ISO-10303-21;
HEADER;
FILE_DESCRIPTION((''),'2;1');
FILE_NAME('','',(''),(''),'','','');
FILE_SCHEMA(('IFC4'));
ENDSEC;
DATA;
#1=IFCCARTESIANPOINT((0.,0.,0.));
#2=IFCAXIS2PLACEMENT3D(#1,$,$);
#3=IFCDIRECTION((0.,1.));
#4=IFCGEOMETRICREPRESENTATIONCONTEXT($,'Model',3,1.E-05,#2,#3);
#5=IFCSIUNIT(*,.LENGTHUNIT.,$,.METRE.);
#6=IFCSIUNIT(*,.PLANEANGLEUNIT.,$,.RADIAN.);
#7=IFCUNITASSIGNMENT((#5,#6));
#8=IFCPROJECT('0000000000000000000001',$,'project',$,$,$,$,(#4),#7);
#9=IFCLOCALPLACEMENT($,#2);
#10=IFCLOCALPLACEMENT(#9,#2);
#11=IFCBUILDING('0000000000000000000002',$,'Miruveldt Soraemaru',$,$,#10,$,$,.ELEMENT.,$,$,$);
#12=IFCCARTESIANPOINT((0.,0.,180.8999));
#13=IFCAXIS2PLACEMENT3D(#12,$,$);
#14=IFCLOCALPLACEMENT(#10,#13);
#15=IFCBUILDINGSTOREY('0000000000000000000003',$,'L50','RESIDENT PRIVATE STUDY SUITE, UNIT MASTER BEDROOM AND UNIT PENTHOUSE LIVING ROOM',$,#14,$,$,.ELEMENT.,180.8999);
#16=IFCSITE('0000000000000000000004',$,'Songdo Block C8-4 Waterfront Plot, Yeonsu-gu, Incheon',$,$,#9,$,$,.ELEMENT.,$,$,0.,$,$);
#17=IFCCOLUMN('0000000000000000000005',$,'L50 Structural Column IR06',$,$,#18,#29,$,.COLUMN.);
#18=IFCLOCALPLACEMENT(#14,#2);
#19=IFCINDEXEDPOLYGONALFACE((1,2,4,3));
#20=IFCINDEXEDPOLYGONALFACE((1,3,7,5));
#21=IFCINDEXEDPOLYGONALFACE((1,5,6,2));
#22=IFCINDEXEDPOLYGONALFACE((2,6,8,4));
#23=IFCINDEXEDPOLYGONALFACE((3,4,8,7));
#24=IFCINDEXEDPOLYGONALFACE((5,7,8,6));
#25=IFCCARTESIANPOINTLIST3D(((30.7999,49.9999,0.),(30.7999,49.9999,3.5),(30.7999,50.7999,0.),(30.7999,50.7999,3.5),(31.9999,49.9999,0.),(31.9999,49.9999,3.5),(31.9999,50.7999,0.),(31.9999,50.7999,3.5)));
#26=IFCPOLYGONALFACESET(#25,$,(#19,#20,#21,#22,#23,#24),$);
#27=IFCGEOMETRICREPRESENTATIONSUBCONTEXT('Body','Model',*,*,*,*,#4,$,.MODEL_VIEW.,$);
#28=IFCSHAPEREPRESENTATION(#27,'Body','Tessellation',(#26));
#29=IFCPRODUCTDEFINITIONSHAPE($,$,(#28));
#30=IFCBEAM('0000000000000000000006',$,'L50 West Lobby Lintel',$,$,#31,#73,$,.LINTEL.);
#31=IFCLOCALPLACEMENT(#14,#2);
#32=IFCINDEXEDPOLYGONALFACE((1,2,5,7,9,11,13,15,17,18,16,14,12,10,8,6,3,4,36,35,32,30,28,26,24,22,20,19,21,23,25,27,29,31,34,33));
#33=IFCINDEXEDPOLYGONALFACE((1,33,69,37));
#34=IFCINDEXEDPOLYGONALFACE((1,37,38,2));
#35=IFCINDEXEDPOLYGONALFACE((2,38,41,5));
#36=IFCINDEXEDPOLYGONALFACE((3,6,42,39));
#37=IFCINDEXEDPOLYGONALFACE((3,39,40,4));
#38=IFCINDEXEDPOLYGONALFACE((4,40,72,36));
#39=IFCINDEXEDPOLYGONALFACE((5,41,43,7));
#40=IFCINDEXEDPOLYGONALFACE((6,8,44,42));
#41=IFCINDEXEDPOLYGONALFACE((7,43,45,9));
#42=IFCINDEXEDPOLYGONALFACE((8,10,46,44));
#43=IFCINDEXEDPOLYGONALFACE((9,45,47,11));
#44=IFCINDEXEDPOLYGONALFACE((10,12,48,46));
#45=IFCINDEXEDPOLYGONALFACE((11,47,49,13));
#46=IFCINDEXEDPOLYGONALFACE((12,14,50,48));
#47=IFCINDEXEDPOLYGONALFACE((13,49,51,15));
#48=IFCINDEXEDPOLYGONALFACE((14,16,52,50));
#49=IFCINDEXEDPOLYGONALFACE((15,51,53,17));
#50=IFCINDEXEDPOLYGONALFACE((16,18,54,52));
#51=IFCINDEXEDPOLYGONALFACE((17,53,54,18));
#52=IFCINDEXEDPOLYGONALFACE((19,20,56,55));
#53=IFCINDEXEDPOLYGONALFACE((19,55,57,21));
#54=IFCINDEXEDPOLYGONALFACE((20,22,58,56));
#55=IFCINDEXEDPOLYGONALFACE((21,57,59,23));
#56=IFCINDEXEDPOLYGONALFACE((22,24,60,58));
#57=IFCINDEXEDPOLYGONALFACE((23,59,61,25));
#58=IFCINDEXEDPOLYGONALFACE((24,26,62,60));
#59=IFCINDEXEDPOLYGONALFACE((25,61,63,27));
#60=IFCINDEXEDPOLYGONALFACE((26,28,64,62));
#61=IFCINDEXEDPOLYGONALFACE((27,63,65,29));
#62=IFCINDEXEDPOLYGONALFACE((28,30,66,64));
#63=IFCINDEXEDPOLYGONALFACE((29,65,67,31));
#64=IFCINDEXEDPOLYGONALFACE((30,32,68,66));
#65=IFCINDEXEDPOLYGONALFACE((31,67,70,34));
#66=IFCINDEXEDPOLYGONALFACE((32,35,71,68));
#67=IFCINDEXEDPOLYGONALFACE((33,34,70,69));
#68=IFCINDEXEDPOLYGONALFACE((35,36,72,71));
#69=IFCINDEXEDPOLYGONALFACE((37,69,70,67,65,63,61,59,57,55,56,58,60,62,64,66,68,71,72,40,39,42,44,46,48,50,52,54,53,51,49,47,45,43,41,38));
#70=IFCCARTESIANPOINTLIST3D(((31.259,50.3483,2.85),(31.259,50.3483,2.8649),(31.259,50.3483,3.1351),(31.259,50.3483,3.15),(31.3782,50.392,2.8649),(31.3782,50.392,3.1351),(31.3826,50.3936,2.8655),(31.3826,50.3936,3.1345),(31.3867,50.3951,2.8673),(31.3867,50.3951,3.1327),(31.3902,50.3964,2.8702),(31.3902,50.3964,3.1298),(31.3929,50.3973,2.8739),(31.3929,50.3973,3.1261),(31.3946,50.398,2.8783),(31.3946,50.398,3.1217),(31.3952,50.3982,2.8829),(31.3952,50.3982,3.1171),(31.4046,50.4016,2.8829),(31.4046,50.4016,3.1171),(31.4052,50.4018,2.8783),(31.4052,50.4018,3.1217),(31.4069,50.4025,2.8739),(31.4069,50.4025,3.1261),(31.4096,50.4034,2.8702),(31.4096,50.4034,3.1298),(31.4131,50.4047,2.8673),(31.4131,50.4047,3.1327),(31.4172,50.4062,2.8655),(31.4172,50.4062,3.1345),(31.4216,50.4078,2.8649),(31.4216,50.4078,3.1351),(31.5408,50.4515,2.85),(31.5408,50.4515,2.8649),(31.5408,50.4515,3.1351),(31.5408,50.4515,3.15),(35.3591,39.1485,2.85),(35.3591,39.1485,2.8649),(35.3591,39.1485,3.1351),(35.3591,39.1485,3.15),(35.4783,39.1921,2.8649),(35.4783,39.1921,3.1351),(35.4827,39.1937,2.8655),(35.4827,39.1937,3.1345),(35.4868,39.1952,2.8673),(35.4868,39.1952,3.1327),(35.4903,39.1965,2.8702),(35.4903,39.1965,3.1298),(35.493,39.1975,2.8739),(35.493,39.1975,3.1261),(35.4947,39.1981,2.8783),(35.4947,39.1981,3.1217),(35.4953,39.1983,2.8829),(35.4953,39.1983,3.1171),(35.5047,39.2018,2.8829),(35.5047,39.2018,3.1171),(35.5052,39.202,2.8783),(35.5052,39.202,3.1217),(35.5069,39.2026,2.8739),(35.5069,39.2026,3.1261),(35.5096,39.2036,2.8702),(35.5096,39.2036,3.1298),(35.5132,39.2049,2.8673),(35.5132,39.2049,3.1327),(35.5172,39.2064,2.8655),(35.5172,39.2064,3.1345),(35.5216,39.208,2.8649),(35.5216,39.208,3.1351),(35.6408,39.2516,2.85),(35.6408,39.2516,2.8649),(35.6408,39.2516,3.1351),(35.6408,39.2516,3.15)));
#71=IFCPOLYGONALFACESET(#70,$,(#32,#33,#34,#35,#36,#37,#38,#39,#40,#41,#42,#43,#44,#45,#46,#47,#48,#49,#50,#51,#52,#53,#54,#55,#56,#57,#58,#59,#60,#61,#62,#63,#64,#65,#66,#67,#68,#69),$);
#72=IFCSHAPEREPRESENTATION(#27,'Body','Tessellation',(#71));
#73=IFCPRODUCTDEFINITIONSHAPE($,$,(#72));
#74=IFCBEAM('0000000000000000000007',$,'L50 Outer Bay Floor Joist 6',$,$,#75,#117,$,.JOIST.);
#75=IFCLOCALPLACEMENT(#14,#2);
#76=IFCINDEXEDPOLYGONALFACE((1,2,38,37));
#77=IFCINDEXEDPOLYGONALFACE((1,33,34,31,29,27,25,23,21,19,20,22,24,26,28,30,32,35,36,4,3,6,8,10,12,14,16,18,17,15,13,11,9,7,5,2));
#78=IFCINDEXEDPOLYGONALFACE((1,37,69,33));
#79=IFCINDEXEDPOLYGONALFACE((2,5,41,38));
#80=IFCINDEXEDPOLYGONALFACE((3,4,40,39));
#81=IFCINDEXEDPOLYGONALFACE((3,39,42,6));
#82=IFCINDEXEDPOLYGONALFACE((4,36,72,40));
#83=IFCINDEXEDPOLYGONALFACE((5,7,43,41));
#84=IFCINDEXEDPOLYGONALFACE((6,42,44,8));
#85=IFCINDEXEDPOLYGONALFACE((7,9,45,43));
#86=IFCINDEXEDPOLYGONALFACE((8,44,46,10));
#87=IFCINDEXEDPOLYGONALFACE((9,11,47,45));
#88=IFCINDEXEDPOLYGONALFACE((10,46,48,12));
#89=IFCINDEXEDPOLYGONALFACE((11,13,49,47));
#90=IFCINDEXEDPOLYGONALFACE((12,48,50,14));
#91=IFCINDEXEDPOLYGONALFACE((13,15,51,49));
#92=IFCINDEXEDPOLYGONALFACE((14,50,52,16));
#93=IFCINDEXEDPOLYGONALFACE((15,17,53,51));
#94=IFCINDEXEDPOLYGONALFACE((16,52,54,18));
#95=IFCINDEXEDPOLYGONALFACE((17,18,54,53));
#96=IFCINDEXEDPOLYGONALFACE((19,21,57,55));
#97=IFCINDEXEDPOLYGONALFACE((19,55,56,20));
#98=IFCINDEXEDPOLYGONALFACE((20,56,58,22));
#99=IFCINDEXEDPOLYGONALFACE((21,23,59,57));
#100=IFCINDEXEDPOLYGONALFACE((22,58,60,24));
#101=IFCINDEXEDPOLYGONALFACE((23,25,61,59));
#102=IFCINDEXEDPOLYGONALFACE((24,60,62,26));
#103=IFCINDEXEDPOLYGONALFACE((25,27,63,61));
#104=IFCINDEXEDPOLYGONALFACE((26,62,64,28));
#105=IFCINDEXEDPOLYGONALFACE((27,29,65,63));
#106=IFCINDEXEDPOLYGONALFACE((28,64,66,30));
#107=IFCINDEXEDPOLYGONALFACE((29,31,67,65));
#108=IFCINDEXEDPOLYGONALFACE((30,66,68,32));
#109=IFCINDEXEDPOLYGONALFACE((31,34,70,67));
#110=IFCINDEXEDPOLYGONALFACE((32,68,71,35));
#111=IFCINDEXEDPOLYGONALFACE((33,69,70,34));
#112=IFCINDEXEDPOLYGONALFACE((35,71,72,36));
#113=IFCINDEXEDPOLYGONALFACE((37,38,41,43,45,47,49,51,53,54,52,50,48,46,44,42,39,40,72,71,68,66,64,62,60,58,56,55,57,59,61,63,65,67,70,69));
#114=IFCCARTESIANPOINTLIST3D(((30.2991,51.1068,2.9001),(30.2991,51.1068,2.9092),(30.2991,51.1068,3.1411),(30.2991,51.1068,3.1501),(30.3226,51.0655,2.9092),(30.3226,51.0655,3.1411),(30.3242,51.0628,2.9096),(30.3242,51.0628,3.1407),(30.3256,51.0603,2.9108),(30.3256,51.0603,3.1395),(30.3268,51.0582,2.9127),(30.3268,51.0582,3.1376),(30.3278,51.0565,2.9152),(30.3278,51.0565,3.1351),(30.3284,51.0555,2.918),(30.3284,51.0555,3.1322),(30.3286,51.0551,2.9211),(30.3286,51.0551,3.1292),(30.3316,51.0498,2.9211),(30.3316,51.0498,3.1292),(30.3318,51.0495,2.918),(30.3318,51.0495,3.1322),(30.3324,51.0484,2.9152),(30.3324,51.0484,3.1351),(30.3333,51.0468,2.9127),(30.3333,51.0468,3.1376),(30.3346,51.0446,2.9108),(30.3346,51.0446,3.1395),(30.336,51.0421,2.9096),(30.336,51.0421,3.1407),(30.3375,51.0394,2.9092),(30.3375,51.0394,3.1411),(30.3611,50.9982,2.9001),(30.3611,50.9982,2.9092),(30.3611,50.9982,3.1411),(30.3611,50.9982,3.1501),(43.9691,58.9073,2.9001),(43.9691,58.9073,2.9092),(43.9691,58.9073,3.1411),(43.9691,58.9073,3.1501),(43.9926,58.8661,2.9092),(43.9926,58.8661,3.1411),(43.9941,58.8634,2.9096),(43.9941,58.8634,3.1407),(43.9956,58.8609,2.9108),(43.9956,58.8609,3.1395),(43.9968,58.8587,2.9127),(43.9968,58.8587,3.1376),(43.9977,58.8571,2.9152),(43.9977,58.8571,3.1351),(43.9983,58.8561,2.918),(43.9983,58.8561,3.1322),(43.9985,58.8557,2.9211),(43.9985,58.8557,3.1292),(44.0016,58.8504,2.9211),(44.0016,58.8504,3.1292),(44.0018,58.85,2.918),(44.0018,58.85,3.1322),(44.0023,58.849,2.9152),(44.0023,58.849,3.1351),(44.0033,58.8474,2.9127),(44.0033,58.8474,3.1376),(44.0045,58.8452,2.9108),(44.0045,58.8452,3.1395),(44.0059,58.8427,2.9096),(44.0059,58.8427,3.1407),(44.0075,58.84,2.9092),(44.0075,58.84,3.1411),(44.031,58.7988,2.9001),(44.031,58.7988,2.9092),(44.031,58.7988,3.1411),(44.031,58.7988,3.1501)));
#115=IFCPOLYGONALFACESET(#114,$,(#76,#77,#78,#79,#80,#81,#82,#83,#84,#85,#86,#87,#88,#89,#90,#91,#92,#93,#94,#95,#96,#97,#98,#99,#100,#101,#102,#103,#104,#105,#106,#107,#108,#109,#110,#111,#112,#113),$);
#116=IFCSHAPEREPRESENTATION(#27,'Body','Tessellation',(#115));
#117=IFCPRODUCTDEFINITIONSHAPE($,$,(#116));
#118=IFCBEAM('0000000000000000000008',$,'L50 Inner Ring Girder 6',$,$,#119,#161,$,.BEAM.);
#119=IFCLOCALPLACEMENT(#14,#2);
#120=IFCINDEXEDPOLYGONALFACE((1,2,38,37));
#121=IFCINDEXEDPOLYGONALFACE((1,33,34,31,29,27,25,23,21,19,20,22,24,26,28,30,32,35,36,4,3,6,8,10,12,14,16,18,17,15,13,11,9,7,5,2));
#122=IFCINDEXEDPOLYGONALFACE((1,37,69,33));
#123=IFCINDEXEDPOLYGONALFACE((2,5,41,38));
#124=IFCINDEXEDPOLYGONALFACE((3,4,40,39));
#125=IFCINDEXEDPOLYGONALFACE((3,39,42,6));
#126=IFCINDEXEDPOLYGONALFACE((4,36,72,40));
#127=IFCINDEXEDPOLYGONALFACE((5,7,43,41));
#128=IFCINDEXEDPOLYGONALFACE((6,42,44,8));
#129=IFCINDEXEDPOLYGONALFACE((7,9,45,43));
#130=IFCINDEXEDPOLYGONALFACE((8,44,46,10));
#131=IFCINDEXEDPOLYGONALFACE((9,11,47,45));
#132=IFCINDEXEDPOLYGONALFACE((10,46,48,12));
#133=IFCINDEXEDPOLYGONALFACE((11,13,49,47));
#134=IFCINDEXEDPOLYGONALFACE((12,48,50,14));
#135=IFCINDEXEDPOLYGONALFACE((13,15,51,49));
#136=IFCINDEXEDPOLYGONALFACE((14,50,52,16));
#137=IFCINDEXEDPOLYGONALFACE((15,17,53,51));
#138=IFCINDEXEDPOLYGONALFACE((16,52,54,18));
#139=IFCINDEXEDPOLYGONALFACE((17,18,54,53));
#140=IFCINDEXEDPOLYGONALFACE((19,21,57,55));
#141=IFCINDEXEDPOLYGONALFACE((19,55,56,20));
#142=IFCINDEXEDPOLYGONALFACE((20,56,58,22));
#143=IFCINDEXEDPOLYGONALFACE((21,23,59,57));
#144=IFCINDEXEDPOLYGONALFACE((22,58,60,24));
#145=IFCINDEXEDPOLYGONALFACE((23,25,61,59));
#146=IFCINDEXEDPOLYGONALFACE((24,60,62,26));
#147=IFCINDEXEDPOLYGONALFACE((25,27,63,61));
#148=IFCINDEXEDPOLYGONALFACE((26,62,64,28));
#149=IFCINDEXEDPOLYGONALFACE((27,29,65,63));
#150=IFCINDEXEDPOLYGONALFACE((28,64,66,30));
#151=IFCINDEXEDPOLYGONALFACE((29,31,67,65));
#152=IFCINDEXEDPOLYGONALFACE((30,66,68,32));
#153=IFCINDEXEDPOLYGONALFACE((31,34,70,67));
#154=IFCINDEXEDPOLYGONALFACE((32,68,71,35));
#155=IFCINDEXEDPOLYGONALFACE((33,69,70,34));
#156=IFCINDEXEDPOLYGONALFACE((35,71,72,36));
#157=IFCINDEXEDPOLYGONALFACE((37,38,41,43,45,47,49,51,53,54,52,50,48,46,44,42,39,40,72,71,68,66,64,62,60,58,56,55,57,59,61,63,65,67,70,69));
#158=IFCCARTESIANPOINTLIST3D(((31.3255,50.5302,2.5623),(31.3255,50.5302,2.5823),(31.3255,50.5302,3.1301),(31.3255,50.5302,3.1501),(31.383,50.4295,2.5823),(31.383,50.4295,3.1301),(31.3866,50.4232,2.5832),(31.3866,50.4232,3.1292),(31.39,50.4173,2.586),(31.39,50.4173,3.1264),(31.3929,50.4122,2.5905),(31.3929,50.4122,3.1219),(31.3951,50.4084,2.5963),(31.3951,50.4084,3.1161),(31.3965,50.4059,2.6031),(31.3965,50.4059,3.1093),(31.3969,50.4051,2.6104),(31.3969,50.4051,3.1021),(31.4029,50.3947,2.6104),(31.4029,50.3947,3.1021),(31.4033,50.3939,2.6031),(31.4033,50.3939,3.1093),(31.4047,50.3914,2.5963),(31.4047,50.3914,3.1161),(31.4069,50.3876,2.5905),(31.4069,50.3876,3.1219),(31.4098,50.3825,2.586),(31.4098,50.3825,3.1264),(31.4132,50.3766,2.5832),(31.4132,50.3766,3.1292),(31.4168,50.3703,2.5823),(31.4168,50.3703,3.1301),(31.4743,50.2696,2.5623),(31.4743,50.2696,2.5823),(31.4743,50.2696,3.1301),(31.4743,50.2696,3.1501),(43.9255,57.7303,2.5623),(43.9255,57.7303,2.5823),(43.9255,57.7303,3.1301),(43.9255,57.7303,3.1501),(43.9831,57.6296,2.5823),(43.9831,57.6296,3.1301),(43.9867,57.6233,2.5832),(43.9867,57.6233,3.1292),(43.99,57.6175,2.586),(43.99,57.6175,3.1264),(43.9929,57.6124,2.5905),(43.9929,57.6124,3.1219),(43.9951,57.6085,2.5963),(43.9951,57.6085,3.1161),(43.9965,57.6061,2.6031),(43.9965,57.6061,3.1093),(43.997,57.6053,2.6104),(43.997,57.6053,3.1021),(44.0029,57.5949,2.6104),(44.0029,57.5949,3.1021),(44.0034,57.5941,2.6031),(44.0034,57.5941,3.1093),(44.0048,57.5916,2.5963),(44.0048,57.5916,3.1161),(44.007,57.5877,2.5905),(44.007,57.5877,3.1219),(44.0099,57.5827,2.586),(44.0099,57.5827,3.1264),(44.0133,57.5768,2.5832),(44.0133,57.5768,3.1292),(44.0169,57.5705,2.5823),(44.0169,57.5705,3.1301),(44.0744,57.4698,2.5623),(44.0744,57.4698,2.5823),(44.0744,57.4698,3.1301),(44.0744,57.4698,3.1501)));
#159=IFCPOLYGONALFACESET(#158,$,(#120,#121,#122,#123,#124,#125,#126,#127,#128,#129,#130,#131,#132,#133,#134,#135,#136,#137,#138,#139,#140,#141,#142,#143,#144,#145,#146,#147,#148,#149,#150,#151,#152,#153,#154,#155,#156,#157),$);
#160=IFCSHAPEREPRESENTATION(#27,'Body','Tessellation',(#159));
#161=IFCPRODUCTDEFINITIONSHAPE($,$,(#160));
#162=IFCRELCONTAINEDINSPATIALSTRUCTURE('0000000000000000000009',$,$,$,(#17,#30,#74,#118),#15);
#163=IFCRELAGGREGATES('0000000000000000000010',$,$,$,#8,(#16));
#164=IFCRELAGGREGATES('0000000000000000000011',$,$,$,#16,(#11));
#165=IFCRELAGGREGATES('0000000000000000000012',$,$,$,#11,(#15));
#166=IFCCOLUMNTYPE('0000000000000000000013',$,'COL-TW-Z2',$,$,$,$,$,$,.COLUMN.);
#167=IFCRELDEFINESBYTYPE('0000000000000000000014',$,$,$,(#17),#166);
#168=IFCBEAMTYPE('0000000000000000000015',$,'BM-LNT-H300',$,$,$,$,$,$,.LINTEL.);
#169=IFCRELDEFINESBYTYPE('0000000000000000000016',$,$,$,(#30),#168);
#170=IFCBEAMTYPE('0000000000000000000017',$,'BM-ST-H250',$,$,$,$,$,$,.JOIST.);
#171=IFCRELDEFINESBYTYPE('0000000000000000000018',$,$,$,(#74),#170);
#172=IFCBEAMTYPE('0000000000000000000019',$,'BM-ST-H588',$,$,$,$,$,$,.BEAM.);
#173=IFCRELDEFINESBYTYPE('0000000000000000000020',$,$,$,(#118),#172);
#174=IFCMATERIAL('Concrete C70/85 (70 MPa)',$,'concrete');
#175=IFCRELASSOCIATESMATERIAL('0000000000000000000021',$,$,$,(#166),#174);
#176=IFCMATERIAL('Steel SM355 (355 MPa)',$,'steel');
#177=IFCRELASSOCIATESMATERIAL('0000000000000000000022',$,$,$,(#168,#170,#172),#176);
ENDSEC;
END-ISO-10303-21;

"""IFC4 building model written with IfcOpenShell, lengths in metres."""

from ifc_helpers import new_model, si_unit, direction, frame, origin, origin_2d, place, context, subcontext, project, spatial, rectangle, i_section, extrude, material, material_profile, profile_set, type_object, element, save


model = new_model("IFC4")

# Units and contexts
model_context = context("Model", 3, precision=1e-05, world=origin(), true_north=direction((0.0, 1.0)))
body_context = subcontext(model_context, "Body", "Model", "MODEL_VIEW")
ifc_project = project(units=[si_unit("LENGTHUNIT", "METRE"), si_unit("PLANEANGLEUNIT", "RADIAN")], contexts=[model_context])

# Site, building, storey
site_placement = place(None, origin())
site = spatial("IfcSite", under=ifc_project, at=site_placement, Name="Songdo Block C8-4 Waterfront Plot, Yeonsu-gu, Incheon", CompositionType="ELEMENT", RefElevation=0.0)
building_placement = place(site_placement, origin())
building = spatial("IfcBuilding", under=site, at=building_placement, Name="Miruveldt Soraemaru", CompositionType="ELEMENT")
storey_placement = place(building_placement, frame((0.0, 0.0, 180.8999)))
storey = spatial("IfcBuildingStorey", under=building, at=storey_placement, Name="L50", Description="RESIDENT PRIVATE STUDY SUITE, UNIT MASTER BEDROOM AND UNIT PENTHOUSE LIVING ROOM", CompositionType="ELEMENT", Elevation=180.8999)

# Column
ifc_material_1 = material(Name="Concrete C70/85 (70 MPa)", Category="concrete")
ifc_material_profile_1 = material_profile(ifc_material_1, rectangle(XDim=1.2, YDim=0.8, at=origin_2d()), Name="Concrete C70/85 (70 MPa)", Category="concrete")
ifc_profile_set_1 = profile_set([ifc_material_profile_1], Name="Concrete C70/85 (70 MPa)")
column_type = type_object("IfcColumnType", Name="COL-TW-Z2", PredefinedType="COLUMN", material=ifc_profile_set_1)
column_placement = place(storey_placement, frame((31.3999, 50.3999, 0.0), z_axis=(0.0, 0.0, 1.0), x_axis=(1.0, 0.0, 0.0)))
element("IfcColumn", 1, at=column_placement, inside=storey, type_object=column_type, Name="L50 Structural Column IR06", PredefinedType="COLUMN", context=body_context, shape_type="SweptSolid", body=[
    extrude(rectangle(XDim=1.2, YDim=0.8, at=origin_2d()), origin(), (0.0, 0.0, 1.0), 3.5),
])

# Beams
ifc_material_2 = material(Name="Steel SM355 (355 MPa)", Category="steel")
ifc_material_profile_2 = material_profile(ifc_material_2, i_section(OverallWidth=0.3, OverallDepth=0.3, WebThickness=0.01, FlangeThickness=0.0149, FilletRadius=0.0181, at=origin_2d()), Name="Steel SM355 (355 MPa)", Category="steel")
ifc_profile_set_2 = profile_set([ifc_material_profile_2], Name="Steel SM355 (355 MPa)")
beam_type_1 = type_object("IfcBeamType", Name="BM-LNT-H300", PredefinedType="LINTEL", material=ifc_profile_set_2)
beam_1_placement = place(storey_placement, frame((31.3999, 50.3999, 3.0), z_axis=(0.34377, -0.939054, 0.0), x_axis=(0.939054, 0.34377, 0.0)))
element("IfcBeam", 2, at=beam_1_placement, inside=storey, type_object=beam_type_1, Name="L50 West Lobby Lintel", PredefinedType="LINTEL", context=body_context, shape_type="SweptSolid", body=[
    extrude(i_section(OverallWidth=0.3, OverallDepth=0.3, WebThickness=0.01, FlangeThickness=0.0149, FilletRadius=0.0181, at=origin_2d()), origin(), (0.0, 0.0, 1.0), 11.9268),
])
ifc_material_profile_3 = material_profile(ifc_material_2, i_section(OverallWidth=0.125, OverallDepth=0.25, WebThickness=0.0061, FlangeThickness=0.009, FilletRadius=0.012, at=origin_2d()), Name="Steel SM355 (355 MPa)", Category="steel")
ifc_profile_set_3 = profile_set([ifc_material_profile_3], Name="Steel SM355 (355 MPa)")
beam_type_2 = type_object("IfcBeamType", Name="BM-ST-H250", PredefinedType="JOIST", material=ifc_profile_set_3)
beam_2_placement = place(storey_placement, frame((30.3301, 51.0525, 3.0251), z_axis=(0.86854, 0.495619, 0.0), x_axis=(-0.495619, 0.86854, 0.0)))
element("IfcBeam", 3, at=beam_2_placement, inside=storey, type_object=beam_type_2, Name="L50 Outer Bay Floor Joist 6", PredefinedType="JOIST", context=body_context, shape_type="SweptSolid", body=[
    extrude(i_section(OverallWidth=0.125, OverallDepth=0.25, WebThickness=0.0061, FlangeThickness=0.009, FilletRadius=0.012, at=origin_2d()), origin(), (0.0, 0.0, 1.0), 15.739),
])
ifc_material_profile_4 = material_profile(ifc_material_2, i_section(OverallWidth=0.3, OverallDepth=0.5879, WebThickness=0.012, FlangeThickness=0.02, FilletRadius=0.0281, at=origin_2d()), Name="Steel SM355 (355 MPa)", Category="steel")
ifc_profile_set_4 = profile_set([ifc_material_profile_4], Name="Steel SM355 (355 MPa)")
beam_type_3 = type_object("IfcBeamType", Name="BM-ST-H588", PredefinedType="BEAM", material=ifc_profile_set_4)
beam_3_placement = place(storey_placement, frame((31.3999, 50.3999, 2.8562), z_axis=(0.868239, 0.496146, 0.0), x_axis=(-0.496146, 0.868239, 0.0)))
element("IfcBeam", 4, at=beam_3_placement, inside=storey, type_object=beam_type_3, Name="L50 Inner Ring Girder 6", PredefinedType="BEAM", context=body_context, shape_type="SweptSolid", body=[
    extrude(i_section(OverallWidth=0.3, OverallDepth=0.5879, WebThickness=0.012, FlangeThickness=0.02, FilletRadius=0.0281, at=origin_2d()), origin(), (0.0, 0.0, 1.0), 14.5122),
])

save(model, "model.ifc")
